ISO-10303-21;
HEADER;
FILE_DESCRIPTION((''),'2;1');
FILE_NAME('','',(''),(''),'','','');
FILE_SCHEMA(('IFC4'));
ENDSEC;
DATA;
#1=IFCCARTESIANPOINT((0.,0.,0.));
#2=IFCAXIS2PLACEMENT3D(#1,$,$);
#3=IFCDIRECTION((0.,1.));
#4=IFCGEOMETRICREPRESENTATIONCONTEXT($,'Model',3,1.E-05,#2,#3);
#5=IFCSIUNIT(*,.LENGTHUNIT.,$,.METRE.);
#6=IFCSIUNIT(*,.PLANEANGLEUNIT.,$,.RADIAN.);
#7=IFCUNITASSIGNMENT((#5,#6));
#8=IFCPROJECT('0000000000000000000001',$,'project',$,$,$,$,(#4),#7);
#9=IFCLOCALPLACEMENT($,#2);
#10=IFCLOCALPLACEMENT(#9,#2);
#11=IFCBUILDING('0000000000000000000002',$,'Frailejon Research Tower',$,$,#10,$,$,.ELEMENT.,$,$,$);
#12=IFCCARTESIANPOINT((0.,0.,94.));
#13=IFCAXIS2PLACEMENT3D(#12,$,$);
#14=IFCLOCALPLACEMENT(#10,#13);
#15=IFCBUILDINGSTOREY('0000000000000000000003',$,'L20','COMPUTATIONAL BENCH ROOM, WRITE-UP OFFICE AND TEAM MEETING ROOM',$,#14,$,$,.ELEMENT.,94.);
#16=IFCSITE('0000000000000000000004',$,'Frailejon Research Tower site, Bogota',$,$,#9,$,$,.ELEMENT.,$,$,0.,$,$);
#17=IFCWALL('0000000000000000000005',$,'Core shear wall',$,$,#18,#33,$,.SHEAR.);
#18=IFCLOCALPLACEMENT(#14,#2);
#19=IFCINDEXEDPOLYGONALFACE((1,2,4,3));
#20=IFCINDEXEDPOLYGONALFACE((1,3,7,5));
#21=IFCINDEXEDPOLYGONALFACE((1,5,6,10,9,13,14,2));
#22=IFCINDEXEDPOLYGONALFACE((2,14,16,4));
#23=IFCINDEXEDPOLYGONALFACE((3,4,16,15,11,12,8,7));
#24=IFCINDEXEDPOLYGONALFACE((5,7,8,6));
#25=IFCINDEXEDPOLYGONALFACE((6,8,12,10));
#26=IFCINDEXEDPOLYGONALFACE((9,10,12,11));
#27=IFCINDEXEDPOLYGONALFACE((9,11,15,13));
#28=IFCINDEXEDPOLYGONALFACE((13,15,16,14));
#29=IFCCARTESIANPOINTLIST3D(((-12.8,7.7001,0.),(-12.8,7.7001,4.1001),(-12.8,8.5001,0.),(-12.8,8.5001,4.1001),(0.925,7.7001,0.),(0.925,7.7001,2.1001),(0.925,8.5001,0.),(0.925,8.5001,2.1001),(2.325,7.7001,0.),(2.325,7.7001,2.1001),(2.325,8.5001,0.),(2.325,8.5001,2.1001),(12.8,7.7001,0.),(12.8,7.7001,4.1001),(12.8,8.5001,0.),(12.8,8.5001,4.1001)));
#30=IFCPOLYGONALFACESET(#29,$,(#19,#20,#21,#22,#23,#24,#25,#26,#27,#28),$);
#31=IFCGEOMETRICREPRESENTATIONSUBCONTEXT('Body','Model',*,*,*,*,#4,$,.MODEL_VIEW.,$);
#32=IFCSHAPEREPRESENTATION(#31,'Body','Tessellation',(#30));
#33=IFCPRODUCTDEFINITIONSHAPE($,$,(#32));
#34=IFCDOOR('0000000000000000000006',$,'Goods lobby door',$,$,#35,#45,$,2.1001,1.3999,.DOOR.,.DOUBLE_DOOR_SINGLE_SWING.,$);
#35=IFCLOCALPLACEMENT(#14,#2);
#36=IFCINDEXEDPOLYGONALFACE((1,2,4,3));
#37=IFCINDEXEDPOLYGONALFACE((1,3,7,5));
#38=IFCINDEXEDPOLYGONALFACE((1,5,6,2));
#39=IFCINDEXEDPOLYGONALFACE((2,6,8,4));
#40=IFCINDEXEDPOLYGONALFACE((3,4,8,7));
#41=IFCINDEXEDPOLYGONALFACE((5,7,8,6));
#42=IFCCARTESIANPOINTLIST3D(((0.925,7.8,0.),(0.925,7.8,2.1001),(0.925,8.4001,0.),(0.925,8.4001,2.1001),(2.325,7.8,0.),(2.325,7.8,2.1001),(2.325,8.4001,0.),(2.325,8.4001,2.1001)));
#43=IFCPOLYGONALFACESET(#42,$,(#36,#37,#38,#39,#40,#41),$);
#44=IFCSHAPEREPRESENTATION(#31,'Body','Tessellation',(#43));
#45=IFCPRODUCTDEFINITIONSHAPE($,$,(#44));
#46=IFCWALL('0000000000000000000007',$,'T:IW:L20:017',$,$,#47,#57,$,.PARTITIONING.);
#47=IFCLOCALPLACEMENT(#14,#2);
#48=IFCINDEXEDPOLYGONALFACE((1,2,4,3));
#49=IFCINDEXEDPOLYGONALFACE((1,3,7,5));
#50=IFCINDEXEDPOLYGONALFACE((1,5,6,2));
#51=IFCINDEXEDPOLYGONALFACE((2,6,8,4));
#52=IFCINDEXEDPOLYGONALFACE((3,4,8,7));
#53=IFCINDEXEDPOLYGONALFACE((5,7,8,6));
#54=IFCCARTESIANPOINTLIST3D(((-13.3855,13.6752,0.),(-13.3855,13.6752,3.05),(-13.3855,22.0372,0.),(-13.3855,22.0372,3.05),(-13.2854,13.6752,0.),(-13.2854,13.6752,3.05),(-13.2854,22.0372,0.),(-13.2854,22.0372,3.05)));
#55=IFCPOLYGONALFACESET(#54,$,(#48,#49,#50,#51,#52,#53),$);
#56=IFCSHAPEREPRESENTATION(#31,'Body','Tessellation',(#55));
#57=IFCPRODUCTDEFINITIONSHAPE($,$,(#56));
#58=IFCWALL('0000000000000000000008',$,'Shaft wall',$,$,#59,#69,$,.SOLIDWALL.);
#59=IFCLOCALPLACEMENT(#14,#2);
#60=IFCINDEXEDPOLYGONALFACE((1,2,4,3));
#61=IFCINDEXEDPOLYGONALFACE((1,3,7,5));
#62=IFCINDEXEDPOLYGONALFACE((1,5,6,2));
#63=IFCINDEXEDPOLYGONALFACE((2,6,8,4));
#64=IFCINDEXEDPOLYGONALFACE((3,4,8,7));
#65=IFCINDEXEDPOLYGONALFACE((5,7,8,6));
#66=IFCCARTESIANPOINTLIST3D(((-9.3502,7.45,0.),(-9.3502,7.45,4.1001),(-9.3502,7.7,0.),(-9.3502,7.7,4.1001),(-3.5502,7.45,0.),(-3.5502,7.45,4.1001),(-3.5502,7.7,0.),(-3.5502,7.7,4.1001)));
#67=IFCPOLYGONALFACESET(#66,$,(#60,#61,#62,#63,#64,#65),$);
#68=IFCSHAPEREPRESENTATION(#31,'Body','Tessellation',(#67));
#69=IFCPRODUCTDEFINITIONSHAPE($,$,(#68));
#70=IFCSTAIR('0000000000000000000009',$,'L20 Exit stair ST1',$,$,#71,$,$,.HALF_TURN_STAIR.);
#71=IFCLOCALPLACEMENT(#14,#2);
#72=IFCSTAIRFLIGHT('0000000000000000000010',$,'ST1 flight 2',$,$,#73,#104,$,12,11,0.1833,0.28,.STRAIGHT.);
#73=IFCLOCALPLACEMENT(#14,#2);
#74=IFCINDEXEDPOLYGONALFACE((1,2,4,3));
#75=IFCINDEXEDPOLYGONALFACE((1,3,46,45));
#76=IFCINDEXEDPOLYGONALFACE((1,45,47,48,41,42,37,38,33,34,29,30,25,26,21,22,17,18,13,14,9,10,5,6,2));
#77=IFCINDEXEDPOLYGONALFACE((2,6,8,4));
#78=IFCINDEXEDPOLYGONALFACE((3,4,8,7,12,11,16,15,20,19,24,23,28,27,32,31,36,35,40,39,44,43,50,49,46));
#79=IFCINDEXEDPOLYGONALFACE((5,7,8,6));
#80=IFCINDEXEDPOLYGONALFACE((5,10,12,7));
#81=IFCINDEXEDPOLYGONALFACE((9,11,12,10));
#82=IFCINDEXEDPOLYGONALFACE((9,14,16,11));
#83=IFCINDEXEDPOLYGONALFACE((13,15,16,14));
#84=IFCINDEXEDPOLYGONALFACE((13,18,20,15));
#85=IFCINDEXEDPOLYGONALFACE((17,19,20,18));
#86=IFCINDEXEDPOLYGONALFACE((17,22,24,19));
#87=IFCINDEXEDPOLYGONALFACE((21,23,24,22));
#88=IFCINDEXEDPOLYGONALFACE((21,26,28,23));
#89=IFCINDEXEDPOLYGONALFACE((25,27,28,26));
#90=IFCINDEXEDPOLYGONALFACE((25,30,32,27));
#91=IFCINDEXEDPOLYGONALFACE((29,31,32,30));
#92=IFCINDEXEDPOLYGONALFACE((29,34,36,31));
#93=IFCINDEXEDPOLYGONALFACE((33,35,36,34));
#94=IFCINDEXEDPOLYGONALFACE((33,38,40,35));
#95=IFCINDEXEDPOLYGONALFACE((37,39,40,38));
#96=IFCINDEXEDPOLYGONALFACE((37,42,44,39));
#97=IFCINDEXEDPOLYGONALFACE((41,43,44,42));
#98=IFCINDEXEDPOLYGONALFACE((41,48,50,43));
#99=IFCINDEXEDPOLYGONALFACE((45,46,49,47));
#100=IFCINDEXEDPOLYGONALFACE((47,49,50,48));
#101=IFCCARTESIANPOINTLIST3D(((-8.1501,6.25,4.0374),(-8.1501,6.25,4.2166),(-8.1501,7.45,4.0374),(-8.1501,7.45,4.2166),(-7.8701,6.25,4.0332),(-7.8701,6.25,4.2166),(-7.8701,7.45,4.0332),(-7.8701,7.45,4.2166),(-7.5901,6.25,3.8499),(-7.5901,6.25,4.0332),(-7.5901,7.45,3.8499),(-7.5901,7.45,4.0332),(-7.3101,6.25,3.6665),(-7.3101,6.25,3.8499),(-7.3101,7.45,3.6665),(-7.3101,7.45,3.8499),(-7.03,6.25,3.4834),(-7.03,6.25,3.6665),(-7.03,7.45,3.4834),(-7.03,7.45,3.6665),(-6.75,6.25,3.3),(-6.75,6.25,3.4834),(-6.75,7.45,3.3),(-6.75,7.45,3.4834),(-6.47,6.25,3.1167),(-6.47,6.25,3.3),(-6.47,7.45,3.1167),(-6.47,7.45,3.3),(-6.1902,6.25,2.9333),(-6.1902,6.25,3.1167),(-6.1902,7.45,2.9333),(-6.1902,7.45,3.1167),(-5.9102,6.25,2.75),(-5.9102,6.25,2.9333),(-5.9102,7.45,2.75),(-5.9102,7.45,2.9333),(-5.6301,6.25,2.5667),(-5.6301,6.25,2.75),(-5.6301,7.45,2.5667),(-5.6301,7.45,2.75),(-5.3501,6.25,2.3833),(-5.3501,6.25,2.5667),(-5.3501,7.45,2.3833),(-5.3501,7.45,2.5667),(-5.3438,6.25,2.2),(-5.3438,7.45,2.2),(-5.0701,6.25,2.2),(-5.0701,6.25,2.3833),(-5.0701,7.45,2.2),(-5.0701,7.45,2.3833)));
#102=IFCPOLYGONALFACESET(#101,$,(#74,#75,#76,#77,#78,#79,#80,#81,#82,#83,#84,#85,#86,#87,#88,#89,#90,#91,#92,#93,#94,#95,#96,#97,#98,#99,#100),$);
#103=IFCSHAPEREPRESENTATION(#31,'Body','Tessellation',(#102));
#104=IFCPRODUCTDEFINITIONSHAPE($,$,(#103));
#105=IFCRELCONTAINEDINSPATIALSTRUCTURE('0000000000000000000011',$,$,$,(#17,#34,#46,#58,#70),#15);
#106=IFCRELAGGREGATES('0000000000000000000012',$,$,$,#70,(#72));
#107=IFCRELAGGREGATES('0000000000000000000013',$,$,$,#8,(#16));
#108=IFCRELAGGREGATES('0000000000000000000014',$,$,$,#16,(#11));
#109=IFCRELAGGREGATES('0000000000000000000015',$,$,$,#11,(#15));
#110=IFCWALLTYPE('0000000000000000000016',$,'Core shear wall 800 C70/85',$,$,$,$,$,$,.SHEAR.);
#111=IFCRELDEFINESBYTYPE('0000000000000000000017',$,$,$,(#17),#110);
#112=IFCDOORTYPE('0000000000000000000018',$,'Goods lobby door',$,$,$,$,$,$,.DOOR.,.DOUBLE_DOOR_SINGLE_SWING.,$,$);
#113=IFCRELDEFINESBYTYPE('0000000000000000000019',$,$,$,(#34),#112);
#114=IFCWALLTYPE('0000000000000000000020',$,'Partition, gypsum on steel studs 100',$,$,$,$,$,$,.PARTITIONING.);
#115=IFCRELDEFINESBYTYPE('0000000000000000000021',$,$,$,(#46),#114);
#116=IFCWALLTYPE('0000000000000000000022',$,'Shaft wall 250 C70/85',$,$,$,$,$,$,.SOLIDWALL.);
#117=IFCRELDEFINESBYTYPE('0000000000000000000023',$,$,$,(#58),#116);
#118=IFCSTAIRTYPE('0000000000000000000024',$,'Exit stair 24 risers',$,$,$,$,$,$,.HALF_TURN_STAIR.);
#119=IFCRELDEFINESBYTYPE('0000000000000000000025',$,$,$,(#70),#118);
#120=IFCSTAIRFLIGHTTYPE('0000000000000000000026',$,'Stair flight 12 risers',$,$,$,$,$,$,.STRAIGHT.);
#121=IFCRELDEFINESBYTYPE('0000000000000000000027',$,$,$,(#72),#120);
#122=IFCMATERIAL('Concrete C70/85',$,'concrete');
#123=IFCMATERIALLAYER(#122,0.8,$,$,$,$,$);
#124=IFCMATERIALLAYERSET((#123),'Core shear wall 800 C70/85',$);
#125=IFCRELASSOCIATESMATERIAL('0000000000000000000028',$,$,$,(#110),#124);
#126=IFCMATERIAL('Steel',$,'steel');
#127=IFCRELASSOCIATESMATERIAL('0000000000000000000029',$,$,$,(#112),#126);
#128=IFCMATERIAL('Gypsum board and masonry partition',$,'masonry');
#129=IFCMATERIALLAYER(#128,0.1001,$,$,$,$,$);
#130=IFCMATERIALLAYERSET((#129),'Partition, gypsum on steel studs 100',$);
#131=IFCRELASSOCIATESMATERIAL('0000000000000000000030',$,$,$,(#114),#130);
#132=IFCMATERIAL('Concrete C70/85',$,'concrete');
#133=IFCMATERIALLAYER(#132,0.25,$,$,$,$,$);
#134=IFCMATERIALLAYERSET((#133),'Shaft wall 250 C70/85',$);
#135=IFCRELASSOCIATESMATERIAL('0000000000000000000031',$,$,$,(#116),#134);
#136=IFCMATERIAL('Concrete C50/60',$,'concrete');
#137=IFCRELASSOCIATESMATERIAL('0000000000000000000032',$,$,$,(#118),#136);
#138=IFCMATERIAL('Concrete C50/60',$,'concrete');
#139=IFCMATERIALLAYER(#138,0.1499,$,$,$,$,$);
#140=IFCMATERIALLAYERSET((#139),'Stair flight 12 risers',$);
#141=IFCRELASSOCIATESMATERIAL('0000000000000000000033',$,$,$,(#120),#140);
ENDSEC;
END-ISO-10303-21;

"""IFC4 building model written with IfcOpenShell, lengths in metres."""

from ifc_helpers import new_model, si_unit, direction, frame, frame_2d, origin, place, context, subcontext, project, spatial, polyline, rectangle, outline, extrude, material, layer, layer_set, type_object, element, fill, aggregate, save


model = new_model("IFC4")

# Units and contexts
model_context = context("Model", 3, precision=1e-05, world=origin(), true_north=direction((0.0, 1.0)))
body_context = subcontext(model_context, "Body", "Model", "MODEL_VIEW")
ifc_project = project(units=[si_unit("LENGTHUNIT", "METRE"), si_unit("PLANEANGLEUNIT", "RADIAN")], contexts=[model_context])

# Site, building, storey
site_placement = place(None, origin())
site = spatial("IfcSite", under=ifc_project, at=site_placement, Name="Frailejon Research Tower site, Bogota", CompositionType="ELEMENT", RefElevation=0.0)
building_placement = place(site_placement, origin())
building = spatial("IfcBuilding", under=site, at=building_placement, Name="Frailejon Research Tower", CompositionType="ELEMENT")
storey_placement = place(building_placement, frame((0.0, 0.0, 94.0)))
storey = spatial("IfcBuildingStorey", under=building, at=storey_placement, Name="L20", Description="COMPUTATIONAL BENCH ROOM, WRITE-UP OFFICE AND TEAM MEETING ROOM", CompositionType="ELEMENT", Elevation=94.0)

# Shared definitions
ifc_material_1 = material(Name="Concrete C70/85", Category="concrete")
ifc_layer_1 = layer(ifc_material_1, 0.8)
ifc_layer_set_1 = layer_set([ifc_layer_1], Name="Core shear wall 800 C70/85")
wall_type_1 = type_object("IfcWallType", Name="Core shear wall 800 C70/85", PredefinedType="SHEAR", material=ifc_layer_set_1)
ifc_material_2 = material(Name="Steel", Category="steel")
door_type_1 = type_object("IfcDoorType", Name="Goods lobby door", OperationType="DOUBLE_DOOR_SINGLE_SWING", PredefinedType="DOOR", material=ifc_material_2)

# Wall, opening, door
wall_1_placement = place(storey_placement, frame((-12.8, 8.1001, 0.0), z_axis=(0.0, 0.0, 1.0), x_axis=(1.0, 0.0, 0.0)))
wall_1 = element("IfcWall", 1, at=wall_1_placement, inside=storey, type_object=wall_type_1, Name="Core shear wall", PredefinedType="SHEAR", context=body_context, shape_type="SweptSolid", body=[
    extrude(rectangle(XDim=25.6001, YDim=0.8, at=frame_2d((12.8, 0.0))), origin(), (0.0, 0.0, 1.0), 4.1001),
])
opening_1_placement = place(wall_1_placement, frame((13.7251, 0.0, 0.0)))
opening_1 = element("IfcOpeningElement", 2, at=opening_1_placement, cuts=wall_1, PredefinedType="OPENING", context=body_context, shape_type="SweptSolid", body=[
    extrude(rectangle(XDim=1.3999, YDim=2.1001, at=frame_2d((0.7, 1.05))), frame((0.0, 0.4099, 0.0), z_axis=(0.0, -1.0, 0.0), x_axis=(1.0, 0.0, 0.0)), (0.0, 0.0, 1.0), 0.8201),
])
door_1_placement = place(opening_1_placement, origin())
door_1 = element("IfcDoor", 3, at=door_1_placement, inside=storey, type_object=door_type_1, Name="Goods lobby door", OperationType="DOUBLE_DOOR_SINGLE_SWING", OverallHeight=2.1001, OverallWidth=1.3999, PredefinedType="DOOR", context=body_context, shape_type="SweptSolid", body=[
    extrude(rectangle(XDim=1.3999, YDim=2.1001, at=frame_2d((0.7, 1.05))), frame((0.0, 0.3, 0.0), z_axis=(0.0, -1.0, 0.0), x_axis=(1.0, 0.0, 0.0)), (0.0, 0.0, 1.0), 0.6001),
])
fill(opening_1, door_1)

# Walls
ifc_material_3 = material(Name="Gypsum board and masonry partition", Category="masonry")
ifc_layer_2 = layer(ifc_material_3, 0.1001)
ifc_layer_set_2 = layer_set([ifc_layer_2], Name="Partition, gypsum on steel studs 100")
wall_type_2 = type_object("IfcWallType", Name="Partition, gypsum on steel studs 100", PredefinedType="PARTITIONING", material=ifc_layer_set_2)
wall_2_placement = place(storey_placement, frame((-13.3354, 13.675, 0.0), z_axis=(0.0, 0.0, 1.0), x_axis=(0.0, 1.0, 0.0)))
element("IfcWall", 4, at=wall_2_placement, inside=storey, type_object=wall_type_2, Name="T:IW:L20:017", PredefinedType="PARTITIONING", context=body_context, shape_type="SweptSolid", body=[
    extrude(rectangle(XDim=8.3621, YDim=0.1001, at=frame_2d((4.1812, 0.0))), origin(), (0.0, 0.0, 1.0), 3.05),
])
ifc_material_4 = material(Name="Concrete C70/85", Category="concrete")
ifc_layer_3 = layer(ifc_material_4, 0.25)
ifc_layer_set_3 = layer_set([ifc_layer_3], Name="Shaft wall 250 C70/85")
wall_type_3 = type_object("IfcWallType", Name="Shaft wall 250 C70/85", PredefinedType="SOLIDWALL", material=ifc_layer_set_3)
wall_3_placement = place(storey_placement, frame((-9.3501, 7.575, 0.0), z_axis=(0.0, 0.0, 1.0), x_axis=(1.0, 0.0, 0.0)))
element("IfcWall", 5, at=wall_3_placement, inside=storey, type_object=wall_type_3, Name="Shaft wall", PredefinedType="SOLIDWALL", context=body_context, shape_type="SweptSolid", body=[
    extrude(rectangle(XDim=5.8, YDim=0.25, at=frame_2d((2.8999, 0.0))), origin(), (0.0, 0.0, 1.0), 4.1001),
])

# Stair, stair flight
ifc_material_5 = material(Name="Concrete C50/60", Category="concrete")
stair_type = type_object("IfcStairType", Name="Exit stair 24 risers", PredefinedType="HALF_TURN_STAIR", material=ifc_material_5)
stair_placement = place(storey_placement, origin())
stair = element("IfcStair", 6, at=stair_placement, inside=storey, type_object=stair_type, Name="L20 Exit stair ST1", PredefinedType="HALF_TURN_STAIR")
ifc_material_6 = material(Name="Concrete C50/60", Category="concrete")
ifc_layer_4 = layer(ifc_material_6, 0.1499)
ifc_layer_set_4 = layer_set([ifc_layer_4], Name="Stair flight 12 risers")
stair_flight_type = type_object("IfcStairFlightType", Name="Stair flight 12 risers", PredefinedType="STRAIGHT", material=ifc_layer_set_4)
stair_flight_placement = place(storey_placement, frame((-5.0701, 6.8501, 2.2), z_axis=(0.0, 0.0, 1.0), x_axis=(-1.0, 0.0, 0.0)))
stair_flight = element("IfcStairFlight", 7, at=stair_flight_placement, type_object=stair_flight_type, Name="ST1 flight 2", NumberOfRisers=12, NumberOfTreads=11, PredefinedType="STRAIGHT", RiserHeight=0.1833, TreadLength=0.28, context=body_context, shape_type="SweptSolid", body=[
    extrude(outline(polyline([(0.0, 0.0), (0.0, 0.1833), (0.28, 0.1833), (0.28, 0.3667), (0.5601, 0.3667), (0.5601, 0.55), (0.8401, 0.55), (0.8401, 0.7334), (1.1201, 0.7334), (1.1201, 0.9167), (1.3999, 0.9167), (1.3999, 1.1001), (1.6799, 1.1001), (1.6799, 1.2834), (1.96, 1.2834), (1.96, 1.4666), (2.24, 1.4666), (2.24, 1.6499), (2.52, 1.6499), (2.52, 1.8333), (2.8, 1.8333), (2.8, 2.0166), (3.0801, 2.0166), (3.0801, 2.2), (3.0801, 1.8374), (0.2737, 0.0), (0.0, 0.0)])), frame((0.0, 0.6001, 0.0), z_axis=(0.0, -1.0, 0.0), x_axis=(1.0, 0.0, 0.0)), (0.0, 0.0, 1.0), 1.2),
])
aggregate(stair, [stair_flight])

save(model, "model.ifc")
